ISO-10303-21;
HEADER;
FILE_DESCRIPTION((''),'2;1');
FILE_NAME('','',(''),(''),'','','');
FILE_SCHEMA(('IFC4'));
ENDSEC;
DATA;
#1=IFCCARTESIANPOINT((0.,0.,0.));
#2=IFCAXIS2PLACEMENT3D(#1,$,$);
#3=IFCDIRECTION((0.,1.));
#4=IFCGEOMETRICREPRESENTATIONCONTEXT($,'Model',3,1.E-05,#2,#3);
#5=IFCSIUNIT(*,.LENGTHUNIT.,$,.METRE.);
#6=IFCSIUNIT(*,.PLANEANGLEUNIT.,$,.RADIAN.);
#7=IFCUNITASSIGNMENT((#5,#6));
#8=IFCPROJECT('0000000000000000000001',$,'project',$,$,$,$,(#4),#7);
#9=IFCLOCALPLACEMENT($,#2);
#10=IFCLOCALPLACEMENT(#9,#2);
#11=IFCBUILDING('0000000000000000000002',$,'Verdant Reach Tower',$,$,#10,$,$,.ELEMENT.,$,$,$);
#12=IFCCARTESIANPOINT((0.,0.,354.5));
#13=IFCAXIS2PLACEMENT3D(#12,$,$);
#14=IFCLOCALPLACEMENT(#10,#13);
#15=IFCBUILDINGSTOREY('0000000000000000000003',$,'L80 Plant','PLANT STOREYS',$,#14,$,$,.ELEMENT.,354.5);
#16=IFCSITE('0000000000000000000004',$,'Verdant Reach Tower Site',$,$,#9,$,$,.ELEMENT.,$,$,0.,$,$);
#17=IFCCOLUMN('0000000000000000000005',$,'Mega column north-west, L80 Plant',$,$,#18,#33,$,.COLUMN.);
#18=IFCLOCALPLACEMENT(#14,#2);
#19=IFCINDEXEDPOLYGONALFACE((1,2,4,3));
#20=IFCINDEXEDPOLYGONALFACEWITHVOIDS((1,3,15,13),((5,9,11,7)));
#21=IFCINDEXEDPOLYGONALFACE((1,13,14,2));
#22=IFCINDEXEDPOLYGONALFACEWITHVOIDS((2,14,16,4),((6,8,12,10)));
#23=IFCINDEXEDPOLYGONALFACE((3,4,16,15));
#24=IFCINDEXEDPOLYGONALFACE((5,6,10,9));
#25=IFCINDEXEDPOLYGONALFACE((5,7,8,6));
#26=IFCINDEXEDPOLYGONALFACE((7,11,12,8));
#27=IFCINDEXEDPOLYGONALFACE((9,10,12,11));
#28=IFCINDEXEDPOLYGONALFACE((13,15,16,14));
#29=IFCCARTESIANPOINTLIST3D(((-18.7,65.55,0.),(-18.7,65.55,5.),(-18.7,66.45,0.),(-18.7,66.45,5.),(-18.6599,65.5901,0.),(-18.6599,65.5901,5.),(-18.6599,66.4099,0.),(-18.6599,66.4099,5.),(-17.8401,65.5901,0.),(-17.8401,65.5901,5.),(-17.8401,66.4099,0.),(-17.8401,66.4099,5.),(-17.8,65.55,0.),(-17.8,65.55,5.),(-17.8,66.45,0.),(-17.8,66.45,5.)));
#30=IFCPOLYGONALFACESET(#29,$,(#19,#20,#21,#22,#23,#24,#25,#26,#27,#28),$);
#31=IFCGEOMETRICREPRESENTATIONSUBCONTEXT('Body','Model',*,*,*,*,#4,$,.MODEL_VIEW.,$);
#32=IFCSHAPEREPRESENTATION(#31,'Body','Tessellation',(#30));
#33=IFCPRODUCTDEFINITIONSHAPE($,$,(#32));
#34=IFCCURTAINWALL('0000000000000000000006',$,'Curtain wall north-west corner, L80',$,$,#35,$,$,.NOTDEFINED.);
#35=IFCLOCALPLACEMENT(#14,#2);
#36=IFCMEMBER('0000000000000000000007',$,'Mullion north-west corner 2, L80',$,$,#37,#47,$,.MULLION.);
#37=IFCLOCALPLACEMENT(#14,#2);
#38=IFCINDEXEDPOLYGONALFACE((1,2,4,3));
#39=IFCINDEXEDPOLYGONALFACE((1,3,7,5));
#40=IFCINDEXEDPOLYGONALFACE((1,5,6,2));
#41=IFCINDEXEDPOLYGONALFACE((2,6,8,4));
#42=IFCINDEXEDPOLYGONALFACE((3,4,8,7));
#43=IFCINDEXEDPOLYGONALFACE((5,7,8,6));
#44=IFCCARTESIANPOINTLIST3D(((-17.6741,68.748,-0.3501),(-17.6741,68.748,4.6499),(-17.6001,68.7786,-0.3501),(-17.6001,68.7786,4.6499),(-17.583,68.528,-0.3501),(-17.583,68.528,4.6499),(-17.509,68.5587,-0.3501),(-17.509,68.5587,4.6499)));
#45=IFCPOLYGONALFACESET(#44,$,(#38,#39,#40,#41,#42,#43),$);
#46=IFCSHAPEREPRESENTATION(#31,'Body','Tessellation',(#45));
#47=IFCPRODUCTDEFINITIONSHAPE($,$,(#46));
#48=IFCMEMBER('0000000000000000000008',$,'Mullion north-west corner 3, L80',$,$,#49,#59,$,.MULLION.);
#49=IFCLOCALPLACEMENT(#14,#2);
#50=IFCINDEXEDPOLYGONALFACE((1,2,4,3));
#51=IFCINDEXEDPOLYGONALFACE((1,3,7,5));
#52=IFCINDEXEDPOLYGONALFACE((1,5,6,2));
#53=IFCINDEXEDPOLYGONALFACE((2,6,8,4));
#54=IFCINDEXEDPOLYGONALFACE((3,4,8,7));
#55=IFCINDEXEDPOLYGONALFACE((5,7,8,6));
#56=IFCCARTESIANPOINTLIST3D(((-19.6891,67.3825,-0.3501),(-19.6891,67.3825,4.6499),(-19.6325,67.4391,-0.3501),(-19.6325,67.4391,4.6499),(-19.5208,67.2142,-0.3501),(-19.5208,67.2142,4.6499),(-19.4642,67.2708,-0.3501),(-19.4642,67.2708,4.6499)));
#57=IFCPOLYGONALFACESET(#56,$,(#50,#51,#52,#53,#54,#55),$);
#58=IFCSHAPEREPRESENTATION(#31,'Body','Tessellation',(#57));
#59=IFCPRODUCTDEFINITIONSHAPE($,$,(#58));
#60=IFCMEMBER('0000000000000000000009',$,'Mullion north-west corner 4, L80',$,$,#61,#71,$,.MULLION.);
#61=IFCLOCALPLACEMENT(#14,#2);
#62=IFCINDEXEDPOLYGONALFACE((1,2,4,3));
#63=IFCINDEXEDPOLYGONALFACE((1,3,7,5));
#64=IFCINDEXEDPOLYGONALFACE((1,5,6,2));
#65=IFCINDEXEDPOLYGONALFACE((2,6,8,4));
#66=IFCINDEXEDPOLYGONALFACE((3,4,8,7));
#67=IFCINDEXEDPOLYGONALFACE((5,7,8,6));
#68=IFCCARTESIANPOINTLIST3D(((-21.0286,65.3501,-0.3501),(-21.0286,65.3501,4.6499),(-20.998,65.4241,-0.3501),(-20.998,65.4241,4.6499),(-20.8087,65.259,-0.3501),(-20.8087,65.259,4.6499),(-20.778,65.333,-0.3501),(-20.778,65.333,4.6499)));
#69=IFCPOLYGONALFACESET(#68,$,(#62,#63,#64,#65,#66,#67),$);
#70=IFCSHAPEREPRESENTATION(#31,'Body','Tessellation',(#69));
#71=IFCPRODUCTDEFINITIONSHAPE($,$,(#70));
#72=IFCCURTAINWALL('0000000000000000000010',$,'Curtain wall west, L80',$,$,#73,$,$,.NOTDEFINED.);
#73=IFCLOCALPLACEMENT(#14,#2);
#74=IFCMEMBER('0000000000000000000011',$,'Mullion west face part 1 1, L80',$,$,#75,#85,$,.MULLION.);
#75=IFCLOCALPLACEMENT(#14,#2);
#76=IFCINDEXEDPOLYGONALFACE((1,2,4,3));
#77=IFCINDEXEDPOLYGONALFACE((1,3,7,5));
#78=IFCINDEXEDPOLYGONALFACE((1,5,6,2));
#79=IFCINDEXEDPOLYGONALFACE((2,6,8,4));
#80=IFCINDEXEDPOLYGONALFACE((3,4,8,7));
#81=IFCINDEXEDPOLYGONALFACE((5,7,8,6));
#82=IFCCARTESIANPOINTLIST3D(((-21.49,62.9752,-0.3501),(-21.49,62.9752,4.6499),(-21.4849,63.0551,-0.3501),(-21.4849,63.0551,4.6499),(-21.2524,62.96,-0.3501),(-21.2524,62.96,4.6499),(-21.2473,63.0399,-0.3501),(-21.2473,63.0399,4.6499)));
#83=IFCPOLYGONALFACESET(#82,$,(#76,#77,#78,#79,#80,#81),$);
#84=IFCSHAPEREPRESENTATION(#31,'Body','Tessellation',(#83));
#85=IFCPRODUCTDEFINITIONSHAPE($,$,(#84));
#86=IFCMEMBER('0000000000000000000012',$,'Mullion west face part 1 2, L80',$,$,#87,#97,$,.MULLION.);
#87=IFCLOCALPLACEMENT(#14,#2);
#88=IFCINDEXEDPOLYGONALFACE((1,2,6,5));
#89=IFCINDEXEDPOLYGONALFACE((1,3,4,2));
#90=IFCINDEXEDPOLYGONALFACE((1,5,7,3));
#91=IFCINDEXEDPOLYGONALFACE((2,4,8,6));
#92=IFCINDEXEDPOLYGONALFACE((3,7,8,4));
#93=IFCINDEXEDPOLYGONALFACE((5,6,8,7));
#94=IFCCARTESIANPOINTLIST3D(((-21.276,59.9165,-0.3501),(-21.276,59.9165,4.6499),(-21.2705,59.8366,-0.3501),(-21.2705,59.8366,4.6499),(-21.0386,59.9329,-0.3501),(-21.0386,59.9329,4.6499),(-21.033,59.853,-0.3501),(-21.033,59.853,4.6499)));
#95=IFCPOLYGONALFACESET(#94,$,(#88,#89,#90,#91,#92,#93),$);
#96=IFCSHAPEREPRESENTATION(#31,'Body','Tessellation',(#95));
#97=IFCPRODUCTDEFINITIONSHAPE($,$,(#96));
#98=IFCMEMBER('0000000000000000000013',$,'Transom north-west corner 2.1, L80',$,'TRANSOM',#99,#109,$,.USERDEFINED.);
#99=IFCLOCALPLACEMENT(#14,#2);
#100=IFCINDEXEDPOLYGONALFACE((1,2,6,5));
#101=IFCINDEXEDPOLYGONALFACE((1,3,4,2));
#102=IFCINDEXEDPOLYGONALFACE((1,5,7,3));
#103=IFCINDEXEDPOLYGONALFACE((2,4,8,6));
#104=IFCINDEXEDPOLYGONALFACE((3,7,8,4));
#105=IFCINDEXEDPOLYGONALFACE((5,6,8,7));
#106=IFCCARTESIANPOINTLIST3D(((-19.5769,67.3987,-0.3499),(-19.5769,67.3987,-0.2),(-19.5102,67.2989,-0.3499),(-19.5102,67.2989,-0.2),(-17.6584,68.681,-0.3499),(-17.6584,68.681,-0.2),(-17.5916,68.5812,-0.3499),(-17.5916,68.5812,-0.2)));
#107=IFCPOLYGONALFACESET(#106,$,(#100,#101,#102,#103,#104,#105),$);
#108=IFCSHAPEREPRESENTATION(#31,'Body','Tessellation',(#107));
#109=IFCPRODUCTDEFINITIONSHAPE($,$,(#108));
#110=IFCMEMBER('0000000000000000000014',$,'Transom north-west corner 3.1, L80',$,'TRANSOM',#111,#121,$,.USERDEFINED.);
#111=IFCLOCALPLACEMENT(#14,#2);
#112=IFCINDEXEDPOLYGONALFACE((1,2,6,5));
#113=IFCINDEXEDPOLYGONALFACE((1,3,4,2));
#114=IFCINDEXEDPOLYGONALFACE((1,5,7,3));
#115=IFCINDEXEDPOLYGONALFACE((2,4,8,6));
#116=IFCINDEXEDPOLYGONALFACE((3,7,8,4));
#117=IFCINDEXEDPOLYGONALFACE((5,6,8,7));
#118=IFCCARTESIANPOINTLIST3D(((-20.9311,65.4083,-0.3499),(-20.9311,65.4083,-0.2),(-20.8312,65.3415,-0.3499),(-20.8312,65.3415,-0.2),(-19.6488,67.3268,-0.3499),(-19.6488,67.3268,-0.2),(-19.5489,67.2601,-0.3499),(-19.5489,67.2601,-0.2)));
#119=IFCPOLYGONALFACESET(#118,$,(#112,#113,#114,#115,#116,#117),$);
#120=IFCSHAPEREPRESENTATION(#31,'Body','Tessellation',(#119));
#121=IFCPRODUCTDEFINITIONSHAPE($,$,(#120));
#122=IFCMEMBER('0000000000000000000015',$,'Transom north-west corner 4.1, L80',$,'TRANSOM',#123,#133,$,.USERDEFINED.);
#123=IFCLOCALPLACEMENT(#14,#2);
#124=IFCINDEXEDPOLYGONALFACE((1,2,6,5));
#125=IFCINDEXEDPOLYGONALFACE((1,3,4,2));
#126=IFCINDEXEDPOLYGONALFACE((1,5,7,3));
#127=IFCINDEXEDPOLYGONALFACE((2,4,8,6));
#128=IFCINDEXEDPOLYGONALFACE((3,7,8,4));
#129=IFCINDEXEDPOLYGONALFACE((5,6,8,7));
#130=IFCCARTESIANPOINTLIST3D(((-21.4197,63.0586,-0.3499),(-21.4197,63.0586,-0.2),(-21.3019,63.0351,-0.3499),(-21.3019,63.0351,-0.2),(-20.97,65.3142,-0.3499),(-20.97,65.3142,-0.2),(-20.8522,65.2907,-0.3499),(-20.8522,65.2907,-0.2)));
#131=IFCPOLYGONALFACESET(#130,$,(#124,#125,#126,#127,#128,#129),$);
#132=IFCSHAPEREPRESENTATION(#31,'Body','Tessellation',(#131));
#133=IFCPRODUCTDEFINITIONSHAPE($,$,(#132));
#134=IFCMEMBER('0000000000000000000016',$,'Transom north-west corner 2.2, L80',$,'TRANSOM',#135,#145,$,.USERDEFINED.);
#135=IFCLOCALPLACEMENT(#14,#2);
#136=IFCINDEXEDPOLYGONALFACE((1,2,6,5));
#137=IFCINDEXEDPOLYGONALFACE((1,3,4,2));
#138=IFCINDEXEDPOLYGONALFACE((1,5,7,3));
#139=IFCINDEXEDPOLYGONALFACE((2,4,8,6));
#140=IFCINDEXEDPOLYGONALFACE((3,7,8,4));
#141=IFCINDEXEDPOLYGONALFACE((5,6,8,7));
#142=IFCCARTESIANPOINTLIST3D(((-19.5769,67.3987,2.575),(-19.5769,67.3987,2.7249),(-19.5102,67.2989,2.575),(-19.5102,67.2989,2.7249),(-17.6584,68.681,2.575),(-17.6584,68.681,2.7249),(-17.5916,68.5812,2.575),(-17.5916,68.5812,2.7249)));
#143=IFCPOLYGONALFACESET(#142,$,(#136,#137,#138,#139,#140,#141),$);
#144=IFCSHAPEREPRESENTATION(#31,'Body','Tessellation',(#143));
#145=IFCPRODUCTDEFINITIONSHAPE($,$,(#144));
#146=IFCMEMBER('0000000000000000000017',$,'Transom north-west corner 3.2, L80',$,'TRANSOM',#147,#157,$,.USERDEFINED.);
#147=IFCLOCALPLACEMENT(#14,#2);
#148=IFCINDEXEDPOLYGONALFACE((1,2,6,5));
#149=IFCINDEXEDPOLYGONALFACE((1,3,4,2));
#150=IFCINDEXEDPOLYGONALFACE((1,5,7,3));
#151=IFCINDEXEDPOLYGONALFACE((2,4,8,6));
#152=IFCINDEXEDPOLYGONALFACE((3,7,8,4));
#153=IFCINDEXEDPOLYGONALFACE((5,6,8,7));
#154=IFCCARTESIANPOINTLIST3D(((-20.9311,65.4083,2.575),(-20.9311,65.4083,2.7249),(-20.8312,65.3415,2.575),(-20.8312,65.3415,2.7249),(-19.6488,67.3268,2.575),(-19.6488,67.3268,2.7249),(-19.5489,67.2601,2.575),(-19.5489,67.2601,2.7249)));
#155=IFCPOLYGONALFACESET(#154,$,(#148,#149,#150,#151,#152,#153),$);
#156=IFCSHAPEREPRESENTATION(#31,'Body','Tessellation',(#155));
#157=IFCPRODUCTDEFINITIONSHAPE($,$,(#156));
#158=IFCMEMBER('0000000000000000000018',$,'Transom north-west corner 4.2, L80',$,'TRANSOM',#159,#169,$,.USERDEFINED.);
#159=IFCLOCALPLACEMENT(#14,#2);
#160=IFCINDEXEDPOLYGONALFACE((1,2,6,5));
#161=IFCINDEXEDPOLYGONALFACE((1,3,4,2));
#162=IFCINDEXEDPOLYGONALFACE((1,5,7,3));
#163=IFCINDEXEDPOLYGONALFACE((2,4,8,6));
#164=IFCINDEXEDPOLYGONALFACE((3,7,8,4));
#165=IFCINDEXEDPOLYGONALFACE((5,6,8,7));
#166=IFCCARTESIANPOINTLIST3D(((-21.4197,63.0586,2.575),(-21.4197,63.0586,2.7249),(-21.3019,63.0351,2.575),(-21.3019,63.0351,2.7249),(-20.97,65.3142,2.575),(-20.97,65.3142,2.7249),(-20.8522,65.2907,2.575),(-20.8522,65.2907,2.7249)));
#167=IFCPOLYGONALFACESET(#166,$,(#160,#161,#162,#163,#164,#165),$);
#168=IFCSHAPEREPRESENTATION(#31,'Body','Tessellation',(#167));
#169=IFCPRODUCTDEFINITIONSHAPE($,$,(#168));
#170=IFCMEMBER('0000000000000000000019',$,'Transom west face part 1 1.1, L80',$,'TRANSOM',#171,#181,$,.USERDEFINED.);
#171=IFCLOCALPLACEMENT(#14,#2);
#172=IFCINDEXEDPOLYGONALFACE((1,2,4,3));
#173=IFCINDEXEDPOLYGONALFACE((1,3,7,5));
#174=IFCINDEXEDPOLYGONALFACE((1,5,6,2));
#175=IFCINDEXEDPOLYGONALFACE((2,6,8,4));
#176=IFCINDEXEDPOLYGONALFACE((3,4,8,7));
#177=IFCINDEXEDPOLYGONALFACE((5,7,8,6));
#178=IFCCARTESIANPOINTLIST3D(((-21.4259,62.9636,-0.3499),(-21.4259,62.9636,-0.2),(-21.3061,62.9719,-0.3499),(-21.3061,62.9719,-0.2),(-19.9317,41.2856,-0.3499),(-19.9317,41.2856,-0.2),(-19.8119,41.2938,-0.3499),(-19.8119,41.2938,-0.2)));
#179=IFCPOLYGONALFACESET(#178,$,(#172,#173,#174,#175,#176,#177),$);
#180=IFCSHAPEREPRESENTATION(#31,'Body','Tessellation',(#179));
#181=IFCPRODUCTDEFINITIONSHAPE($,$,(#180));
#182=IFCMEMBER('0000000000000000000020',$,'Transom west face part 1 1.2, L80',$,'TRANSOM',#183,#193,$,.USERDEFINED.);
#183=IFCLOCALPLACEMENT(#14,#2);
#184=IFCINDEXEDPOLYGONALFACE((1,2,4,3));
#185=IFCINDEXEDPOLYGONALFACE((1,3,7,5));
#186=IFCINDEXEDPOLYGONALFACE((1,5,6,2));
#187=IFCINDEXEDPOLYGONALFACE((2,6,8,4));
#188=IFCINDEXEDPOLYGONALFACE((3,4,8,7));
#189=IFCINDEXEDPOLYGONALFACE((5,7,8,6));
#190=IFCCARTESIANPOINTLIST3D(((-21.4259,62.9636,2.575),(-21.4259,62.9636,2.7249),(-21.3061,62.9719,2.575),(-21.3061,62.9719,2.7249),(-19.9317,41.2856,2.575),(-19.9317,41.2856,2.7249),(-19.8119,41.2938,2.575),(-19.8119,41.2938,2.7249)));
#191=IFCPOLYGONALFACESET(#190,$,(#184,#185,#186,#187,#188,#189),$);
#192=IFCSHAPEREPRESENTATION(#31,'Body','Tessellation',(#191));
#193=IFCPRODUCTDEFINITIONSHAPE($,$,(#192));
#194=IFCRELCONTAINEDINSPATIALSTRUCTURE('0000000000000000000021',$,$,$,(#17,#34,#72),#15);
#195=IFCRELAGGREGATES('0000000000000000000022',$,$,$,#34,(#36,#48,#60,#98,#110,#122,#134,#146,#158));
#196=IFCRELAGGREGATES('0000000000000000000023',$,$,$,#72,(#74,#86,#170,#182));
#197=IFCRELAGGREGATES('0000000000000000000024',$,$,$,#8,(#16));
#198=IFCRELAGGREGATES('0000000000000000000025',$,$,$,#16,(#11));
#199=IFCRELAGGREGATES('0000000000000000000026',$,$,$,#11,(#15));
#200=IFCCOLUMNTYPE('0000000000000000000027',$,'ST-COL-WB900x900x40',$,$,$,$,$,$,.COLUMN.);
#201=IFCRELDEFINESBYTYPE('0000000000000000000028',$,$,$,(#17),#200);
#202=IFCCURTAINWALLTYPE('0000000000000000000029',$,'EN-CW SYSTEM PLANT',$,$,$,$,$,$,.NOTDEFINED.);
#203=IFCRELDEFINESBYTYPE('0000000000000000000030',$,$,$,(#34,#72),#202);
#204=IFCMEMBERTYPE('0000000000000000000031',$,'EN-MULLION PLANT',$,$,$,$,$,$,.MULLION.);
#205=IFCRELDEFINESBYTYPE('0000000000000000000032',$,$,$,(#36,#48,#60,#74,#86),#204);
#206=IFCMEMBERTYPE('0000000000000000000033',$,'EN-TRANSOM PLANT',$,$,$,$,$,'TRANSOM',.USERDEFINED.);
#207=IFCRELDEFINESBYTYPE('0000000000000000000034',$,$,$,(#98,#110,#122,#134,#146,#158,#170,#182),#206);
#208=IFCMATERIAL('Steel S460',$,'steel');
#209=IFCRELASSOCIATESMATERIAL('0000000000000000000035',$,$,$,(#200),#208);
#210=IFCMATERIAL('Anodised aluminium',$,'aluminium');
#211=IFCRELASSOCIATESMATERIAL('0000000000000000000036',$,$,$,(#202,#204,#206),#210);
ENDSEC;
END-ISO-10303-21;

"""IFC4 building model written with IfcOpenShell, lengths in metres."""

from ifc_helpers import new_model, si_unit, direction, frame, origin, origin_2d, place, context, subcontext, project, spatial, rectangle, hollow_rectangle, extrude, material, material_profile, profile_set, type_object, element, aggregate, save


model = new_model("IFC4")

# Units and contexts
model_context = context("Model", 3, precision=1e-05, world=origin(), true_north=direction((0.0, 1.0)))
body_context = subcontext(model_context, "Body", "Model", "MODEL_VIEW")
ifc_project = project(units=[si_unit("LENGTHUNIT", "METRE"), si_unit("PLANEANGLEUNIT", "RADIAN")], contexts=[model_context])

# Site, building, storey
site_placement = place(None, origin())
site = spatial("IfcSite", under=ifc_project, at=site_placement, Name="Verdant Reach Tower Site", CompositionType="ELEMENT", RefElevation=0.0)
building_placement = place(site_placement, origin())
building = spatial("IfcBuilding", under=site, at=building_placement, Name="Verdant Reach Tower", CompositionType="ELEMENT")
storey_placement = place(building_placement, frame((0.0, 0.0, 354.5)))
storey = spatial("IfcBuildingStorey", under=building, at=storey_placement, Name="L80 Plant", Description="PLANT STOREYS", CompositionType="ELEMENT", Elevation=354.5)

# Column
ifc_material_1 = material(Name="Steel S460", Category="steel")
ifc_material_profile_1 = material_profile(ifc_material_1, hollow_rectangle(XDim=0.8999, YDim=0.8999, WallThickness=0.04, at=origin_2d()), Name="WB 900x900x40")
ifc_profile_set_1 = profile_set([ifc_material_profile_1], Name="Steel S460")
column_type = type_object("IfcColumnType", Name="ST-COL-WB900x900x40", PredefinedType="COLUMN", material=ifc_profile_set_1)
column_placement = place(storey_placement, frame((-18.25, 66.0, 0.0), z_axis=(0.0, 0.0, 1.0), x_axis=(1.0, 0.0, 0.0)))
element("IfcColumn", 1, at=column_placement, inside=storey, type_object=column_type, Name="Mega column north-west, L80 Plant", PredefinedType="COLUMN", context=body_context, shape_type="SweptSolid", body=[
    extrude(hollow_rectangle(XDim=0.8999, YDim=0.8999, WallThickness=0.04, at=origin_2d()), origin(), (0.0, 0.0, 1.0), 5.0),
])

# Curtain walls, members
ifc_material_2 = material(Name="Anodised aluminium", Category="aluminium")
curtain_wall_type = type_object("IfcCurtainWallType", Name="EN-CW SYSTEM PLANT", PredefinedType="NOTDEFINED", material=ifc_material_2)
curtain_wall_1_placement = place(storey_placement, origin())
curtain_wall_1 = element("IfcCurtainWall", 2, at=curtain_wall_1_placement, inside=storey, type_object=curtain_wall_type, Name="Curtain wall north-west corner, L80", PredefinedType="NOTDEFINED")
ifc_material_profile_2 = material_profile(ifc_material_2, rectangle(XDim=0.238, YDim=0.0801, at=origin_2d()), Name="Mullion 80x240")
ifc_profile_set_2 = profile_set([ifc_material_profile_2], Name="Anodised aluminium")
member_type_1 = type_object("IfcMemberType", Name="EN-MULLION PLANT", PredefinedType="MULLION", material=ifc_profile_set_2)
member_1_placement = place(storey_placement, frame((-17.5916, 68.6533, -0.3501), z_axis=(0.0, 0.0, 1.0), x_axis=(-0.382694, 0.923875, 0.0)))
member_1 = element("IfcMember", 3, at=member_1_placement, type_object=member_type_1, Name="Mullion north-west corner 2, L80", PredefinedType="MULLION", context=body_context, shape_type="SweptSolid", body=[
    extrude(rectangle(XDim=0.238, YDim=0.0801, at=origin_2d()), origin(), (0.0, 0.0, 1.0), 5.0),
])
member_2_placement = place(storey_placement, frame((-19.5767, 67.3267, -0.3501), z_axis=(0.0, 0.0, 1.0), x_axis=(-0.707107, 0.707107, 0.0)))
member_2 = element("IfcMember", 4, at=member_2_placement, type_object=member_type_1, Name="Mullion north-west corner 3, L80", PredefinedType="MULLION", context=body_context, shape_type="SweptSolid", body=[
    extrude(rectangle(XDim=0.238, YDim=0.0801, at=origin_2d()), origin(), (0.0, 0.0, 1.0), 5.0),
])
member_3_placement = place(storey_placement, frame((-20.9033, 65.3416, -0.3501), z_axis=(0.0, 0.0, 1.0), x_axis=(-0.923875, 0.382694, 0.0)))
member_3 = element("IfcMember", 5, at=member_3_placement, type_object=member_type_1, Name="Mullion north-west corner 4, L80", PredefinedType="MULLION", context=body_context, shape_type="SweptSolid", body=[
    extrude(rectangle(XDim=0.238, YDim=0.0801, at=origin_2d()), origin(), (0.0, 0.0, 1.0), 5.0),
])
curtain_wall_2_placement = place(storey_placement, origin())
curtain_wall_2 = element("IfcCurtainWall", 6, at=curtain_wall_2_placement, inside=storey, type_object=curtain_wall_type, Name="Curtain wall west, L80", PredefinedType="NOTDEFINED")
member_4_placement = place(storey_placement, frame((-21.3687, 63.0076, -0.3501), z_axis=(0.0, 0.0, 1.0), x_axis=(-0.997969, 0.063699, 0.0)))
member_4 = element("IfcMember", 7, at=member_4_placement, type_object=member_type_1, Name="Mullion west face part 1 1, L80", PredefinedType="MULLION", context=body_context, shape_type="SweptSolid", body=[
    extrude(rectangle(XDim=0.238, YDim=0.0801, at=origin_2d()), origin(), (0.0, 0.0, 1.0), 5.0),
])
member_5_placement = place(storey_placement, frame((-21.1545, 59.8848, -0.3501), z_axis=(0.0, 0.0, 1.0), x_axis=(-0.99763, -0.068802, 0.0)))
member_5 = element("IfcMember", 8, at=member_5_placement, type_object=member_type_1, Name="Mullion west face part 1 2, L80", PredefinedType="MULLION", context=body_context, shape_type="SweptSolid", body=[
    extrude(rectangle(XDim=0.238, YDim=0.0801, at=origin_2d()), origin(), (0.0, 0.0, 1.0), 5.0),
])

# Members
ifc_material_profile_3 = material_profile(ifc_material_2, rectangle(XDim=0.1201, YDim=0.1499, at=origin_2d()), Name="Transom 150x120")
ifc_profile_set_3 = profile_set([ifc_material_profile_3], Name="Anodised aluminium")
member_type_2 = type_object("IfcMemberType", Name="EN-TRANSOM PLANT", ElementType="TRANSOM", PredefinedType="USERDEFINED", material=ifc_profile_set_3)
member_6_placement = place(storey_placement, frame((-17.625, 68.6311, -0.2749), z_axis=(-0.831399, -0.555676, 0.0), x_axis=(0.555676, -0.831399, 0.0)))
member_6 = element("IfcMember", 9, at=member_6_placement, type_object=member_type_2, Name="Transom north-west corner 2.1, L80", ObjectType="TRANSOM", PredefinedType="USERDEFINED", context=body_context, shape_type="SweptSolid", body=[
    extrude(rectangle(XDim=0.1201, YDim=0.1499, at=origin_2d()), origin(), (0.0, 0.0, 1.0), 2.3076),
])
member_7_placement = place(storey_placement, frame((-19.5989, 67.2935, -0.2749), z_axis=(-0.555676, -0.831399, 0.0), x_axis=(0.831399, -0.555676, 0.0)))
member_7 = element("IfcMember", 10, at=member_7_placement, type_object=member_type_2, Name="Transom north-west corner 3.1, L80", ObjectType="TRANSOM", PredefinedType="USERDEFINED", context=body_context, shape_type="SweptSolid", body=[
    extrude(rectangle(XDim=0.1201, YDim=0.1499, at=origin_2d()), origin(), (0.0, 0.0, 1.0), 2.3076),
])
member_8_placement = place(storey_placement, frame((-20.9111, 65.3025, -0.2749), z_axis=(-0.195524, -0.980699, 0.0), x_axis=(0.980699, -0.195524, 0.0)))
member_8 = element("IfcMember", 11, at=member_8_placement, type_object=member_type_2, Name="Transom north-west corner 4.1, L80", ObjectType="TRANSOM", PredefinedType="USERDEFINED", context=body_context, shape_type="SweptSolid", body=[
    extrude(rectangle(XDim=0.1201, YDim=0.1499, at=origin_2d()), origin(), (0.0, 0.0, 1.0), 2.3),
])
member_9_placement = place(storey_placement, frame((-17.625, 68.6311, 2.6499), z_axis=(-0.831399, -0.555676, 0.0), x_axis=(0.555676, -0.831399, 0.0)))
member_9 = element("IfcMember", 12, at=member_9_placement, type_object=member_type_2, Name="Transom north-west corner 2.2, L80", ObjectType="TRANSOM", PredefinedType="USERDEFINED", context=body_context, shape_type="SweptSolid", body=[
    extrude(rectangle(XDim=0.1201, YDim=0.1499, at=origin_2d()), origin(), (0.0, 0.0, 1.0), 2.3076),
])
member_10_placement = place(storey_placement, frame((-19.5989, 67.2935, 2.6499), z_axis=(-0.555676, -0.831399, 0.0), x_axis=(0.831399, -0.555676, 0.0)))
member_10 = element("IfcMember", 13, at=member_10_placement, type_object=member_type_2, Name="Transom north-west corner 3.2, L80", ObjectType="TRANSOM", PredefinedType="USERDEFINED", context=body_context, shape_type="SweptSolid", body=[
    extrude(rectangle(XDim=0.1201, YDim=0.1499, at=origin_2d()), origin(), (0.0, 0.0, 1.0), 2.3076),
])
member_11_placement = place(storey_placement, frame((-20.9111, 65.3025, 2.6499), z_axis=(-0.195524, -0.980699, 0.0), x_axis=(0.980699, -0.195524, 0.0)))
member_11 = element("IfcMember", 14, at=member_11_placement, type_object=member_type_2, Name="Transom north-west corner 4.2, L80", ObjectType="TRANSOM", PredefinedType="USERDEFINED", context=body_context, shape_type="SweptSolid", body=[
    extrude(rectangle(XDim=0.1201, YDim=0.1499, at=origin_2d()), origin(), (0.0, 0.0, 1.0), 2.3),
])
member_12_placement = place(storey_placement, frame((-21.366, 62.9678, -0.2749), z_axis=(0.068761, -0.997633, 0.0), x_axis=(0.997633, 0.068761, 0.0)))
member_12 = element("IfcMember", 15, at=member_12_placement, type_object=member_type_2, Name="Transom west face part 1 1.1, L80", ObjectType="TRANSOM", PredefinedType="USERDEFINED", context=body_context, shape_type="SweptSolid", body=[
    extrude(rectangle(XDim=0.1201, YDim=0.1499, at=origin_2d()), origin(), (0.0, 0.0, 1.0), 21.7295),
])
member_13_placement = place(storey_placement, frame((-21.366, 62.9678, 2.6499), z_axis=(0.068761, -0.997633, 0.0), x_axis=(0.997633, 0.068761, 0.0)))
member_13 = element("IfcMember", 16, at=member_13_placement, type_object=member_type_2, Name="Transom west face part 1 1.2, L80", ObjectType="TRANSOM", PredefinedType="USERDEFINED", context=body_context, shape_type="SweptSolid", body=[
    extrude(rectangle(XDim=0.1201, YDim=0.1499, at=origin_2d()), origin(), (0.0, 0.0, 1.0), 21.7295),
])

aggregate(curtain_wall_1, [member_1, member_2, member_3, member_6, member_7, member_8, member_9, member_10, member_11])
aggregate(curtain_wall_2, [member_4, member_5, member_12, member_13])

save(model, "model.ifc")
